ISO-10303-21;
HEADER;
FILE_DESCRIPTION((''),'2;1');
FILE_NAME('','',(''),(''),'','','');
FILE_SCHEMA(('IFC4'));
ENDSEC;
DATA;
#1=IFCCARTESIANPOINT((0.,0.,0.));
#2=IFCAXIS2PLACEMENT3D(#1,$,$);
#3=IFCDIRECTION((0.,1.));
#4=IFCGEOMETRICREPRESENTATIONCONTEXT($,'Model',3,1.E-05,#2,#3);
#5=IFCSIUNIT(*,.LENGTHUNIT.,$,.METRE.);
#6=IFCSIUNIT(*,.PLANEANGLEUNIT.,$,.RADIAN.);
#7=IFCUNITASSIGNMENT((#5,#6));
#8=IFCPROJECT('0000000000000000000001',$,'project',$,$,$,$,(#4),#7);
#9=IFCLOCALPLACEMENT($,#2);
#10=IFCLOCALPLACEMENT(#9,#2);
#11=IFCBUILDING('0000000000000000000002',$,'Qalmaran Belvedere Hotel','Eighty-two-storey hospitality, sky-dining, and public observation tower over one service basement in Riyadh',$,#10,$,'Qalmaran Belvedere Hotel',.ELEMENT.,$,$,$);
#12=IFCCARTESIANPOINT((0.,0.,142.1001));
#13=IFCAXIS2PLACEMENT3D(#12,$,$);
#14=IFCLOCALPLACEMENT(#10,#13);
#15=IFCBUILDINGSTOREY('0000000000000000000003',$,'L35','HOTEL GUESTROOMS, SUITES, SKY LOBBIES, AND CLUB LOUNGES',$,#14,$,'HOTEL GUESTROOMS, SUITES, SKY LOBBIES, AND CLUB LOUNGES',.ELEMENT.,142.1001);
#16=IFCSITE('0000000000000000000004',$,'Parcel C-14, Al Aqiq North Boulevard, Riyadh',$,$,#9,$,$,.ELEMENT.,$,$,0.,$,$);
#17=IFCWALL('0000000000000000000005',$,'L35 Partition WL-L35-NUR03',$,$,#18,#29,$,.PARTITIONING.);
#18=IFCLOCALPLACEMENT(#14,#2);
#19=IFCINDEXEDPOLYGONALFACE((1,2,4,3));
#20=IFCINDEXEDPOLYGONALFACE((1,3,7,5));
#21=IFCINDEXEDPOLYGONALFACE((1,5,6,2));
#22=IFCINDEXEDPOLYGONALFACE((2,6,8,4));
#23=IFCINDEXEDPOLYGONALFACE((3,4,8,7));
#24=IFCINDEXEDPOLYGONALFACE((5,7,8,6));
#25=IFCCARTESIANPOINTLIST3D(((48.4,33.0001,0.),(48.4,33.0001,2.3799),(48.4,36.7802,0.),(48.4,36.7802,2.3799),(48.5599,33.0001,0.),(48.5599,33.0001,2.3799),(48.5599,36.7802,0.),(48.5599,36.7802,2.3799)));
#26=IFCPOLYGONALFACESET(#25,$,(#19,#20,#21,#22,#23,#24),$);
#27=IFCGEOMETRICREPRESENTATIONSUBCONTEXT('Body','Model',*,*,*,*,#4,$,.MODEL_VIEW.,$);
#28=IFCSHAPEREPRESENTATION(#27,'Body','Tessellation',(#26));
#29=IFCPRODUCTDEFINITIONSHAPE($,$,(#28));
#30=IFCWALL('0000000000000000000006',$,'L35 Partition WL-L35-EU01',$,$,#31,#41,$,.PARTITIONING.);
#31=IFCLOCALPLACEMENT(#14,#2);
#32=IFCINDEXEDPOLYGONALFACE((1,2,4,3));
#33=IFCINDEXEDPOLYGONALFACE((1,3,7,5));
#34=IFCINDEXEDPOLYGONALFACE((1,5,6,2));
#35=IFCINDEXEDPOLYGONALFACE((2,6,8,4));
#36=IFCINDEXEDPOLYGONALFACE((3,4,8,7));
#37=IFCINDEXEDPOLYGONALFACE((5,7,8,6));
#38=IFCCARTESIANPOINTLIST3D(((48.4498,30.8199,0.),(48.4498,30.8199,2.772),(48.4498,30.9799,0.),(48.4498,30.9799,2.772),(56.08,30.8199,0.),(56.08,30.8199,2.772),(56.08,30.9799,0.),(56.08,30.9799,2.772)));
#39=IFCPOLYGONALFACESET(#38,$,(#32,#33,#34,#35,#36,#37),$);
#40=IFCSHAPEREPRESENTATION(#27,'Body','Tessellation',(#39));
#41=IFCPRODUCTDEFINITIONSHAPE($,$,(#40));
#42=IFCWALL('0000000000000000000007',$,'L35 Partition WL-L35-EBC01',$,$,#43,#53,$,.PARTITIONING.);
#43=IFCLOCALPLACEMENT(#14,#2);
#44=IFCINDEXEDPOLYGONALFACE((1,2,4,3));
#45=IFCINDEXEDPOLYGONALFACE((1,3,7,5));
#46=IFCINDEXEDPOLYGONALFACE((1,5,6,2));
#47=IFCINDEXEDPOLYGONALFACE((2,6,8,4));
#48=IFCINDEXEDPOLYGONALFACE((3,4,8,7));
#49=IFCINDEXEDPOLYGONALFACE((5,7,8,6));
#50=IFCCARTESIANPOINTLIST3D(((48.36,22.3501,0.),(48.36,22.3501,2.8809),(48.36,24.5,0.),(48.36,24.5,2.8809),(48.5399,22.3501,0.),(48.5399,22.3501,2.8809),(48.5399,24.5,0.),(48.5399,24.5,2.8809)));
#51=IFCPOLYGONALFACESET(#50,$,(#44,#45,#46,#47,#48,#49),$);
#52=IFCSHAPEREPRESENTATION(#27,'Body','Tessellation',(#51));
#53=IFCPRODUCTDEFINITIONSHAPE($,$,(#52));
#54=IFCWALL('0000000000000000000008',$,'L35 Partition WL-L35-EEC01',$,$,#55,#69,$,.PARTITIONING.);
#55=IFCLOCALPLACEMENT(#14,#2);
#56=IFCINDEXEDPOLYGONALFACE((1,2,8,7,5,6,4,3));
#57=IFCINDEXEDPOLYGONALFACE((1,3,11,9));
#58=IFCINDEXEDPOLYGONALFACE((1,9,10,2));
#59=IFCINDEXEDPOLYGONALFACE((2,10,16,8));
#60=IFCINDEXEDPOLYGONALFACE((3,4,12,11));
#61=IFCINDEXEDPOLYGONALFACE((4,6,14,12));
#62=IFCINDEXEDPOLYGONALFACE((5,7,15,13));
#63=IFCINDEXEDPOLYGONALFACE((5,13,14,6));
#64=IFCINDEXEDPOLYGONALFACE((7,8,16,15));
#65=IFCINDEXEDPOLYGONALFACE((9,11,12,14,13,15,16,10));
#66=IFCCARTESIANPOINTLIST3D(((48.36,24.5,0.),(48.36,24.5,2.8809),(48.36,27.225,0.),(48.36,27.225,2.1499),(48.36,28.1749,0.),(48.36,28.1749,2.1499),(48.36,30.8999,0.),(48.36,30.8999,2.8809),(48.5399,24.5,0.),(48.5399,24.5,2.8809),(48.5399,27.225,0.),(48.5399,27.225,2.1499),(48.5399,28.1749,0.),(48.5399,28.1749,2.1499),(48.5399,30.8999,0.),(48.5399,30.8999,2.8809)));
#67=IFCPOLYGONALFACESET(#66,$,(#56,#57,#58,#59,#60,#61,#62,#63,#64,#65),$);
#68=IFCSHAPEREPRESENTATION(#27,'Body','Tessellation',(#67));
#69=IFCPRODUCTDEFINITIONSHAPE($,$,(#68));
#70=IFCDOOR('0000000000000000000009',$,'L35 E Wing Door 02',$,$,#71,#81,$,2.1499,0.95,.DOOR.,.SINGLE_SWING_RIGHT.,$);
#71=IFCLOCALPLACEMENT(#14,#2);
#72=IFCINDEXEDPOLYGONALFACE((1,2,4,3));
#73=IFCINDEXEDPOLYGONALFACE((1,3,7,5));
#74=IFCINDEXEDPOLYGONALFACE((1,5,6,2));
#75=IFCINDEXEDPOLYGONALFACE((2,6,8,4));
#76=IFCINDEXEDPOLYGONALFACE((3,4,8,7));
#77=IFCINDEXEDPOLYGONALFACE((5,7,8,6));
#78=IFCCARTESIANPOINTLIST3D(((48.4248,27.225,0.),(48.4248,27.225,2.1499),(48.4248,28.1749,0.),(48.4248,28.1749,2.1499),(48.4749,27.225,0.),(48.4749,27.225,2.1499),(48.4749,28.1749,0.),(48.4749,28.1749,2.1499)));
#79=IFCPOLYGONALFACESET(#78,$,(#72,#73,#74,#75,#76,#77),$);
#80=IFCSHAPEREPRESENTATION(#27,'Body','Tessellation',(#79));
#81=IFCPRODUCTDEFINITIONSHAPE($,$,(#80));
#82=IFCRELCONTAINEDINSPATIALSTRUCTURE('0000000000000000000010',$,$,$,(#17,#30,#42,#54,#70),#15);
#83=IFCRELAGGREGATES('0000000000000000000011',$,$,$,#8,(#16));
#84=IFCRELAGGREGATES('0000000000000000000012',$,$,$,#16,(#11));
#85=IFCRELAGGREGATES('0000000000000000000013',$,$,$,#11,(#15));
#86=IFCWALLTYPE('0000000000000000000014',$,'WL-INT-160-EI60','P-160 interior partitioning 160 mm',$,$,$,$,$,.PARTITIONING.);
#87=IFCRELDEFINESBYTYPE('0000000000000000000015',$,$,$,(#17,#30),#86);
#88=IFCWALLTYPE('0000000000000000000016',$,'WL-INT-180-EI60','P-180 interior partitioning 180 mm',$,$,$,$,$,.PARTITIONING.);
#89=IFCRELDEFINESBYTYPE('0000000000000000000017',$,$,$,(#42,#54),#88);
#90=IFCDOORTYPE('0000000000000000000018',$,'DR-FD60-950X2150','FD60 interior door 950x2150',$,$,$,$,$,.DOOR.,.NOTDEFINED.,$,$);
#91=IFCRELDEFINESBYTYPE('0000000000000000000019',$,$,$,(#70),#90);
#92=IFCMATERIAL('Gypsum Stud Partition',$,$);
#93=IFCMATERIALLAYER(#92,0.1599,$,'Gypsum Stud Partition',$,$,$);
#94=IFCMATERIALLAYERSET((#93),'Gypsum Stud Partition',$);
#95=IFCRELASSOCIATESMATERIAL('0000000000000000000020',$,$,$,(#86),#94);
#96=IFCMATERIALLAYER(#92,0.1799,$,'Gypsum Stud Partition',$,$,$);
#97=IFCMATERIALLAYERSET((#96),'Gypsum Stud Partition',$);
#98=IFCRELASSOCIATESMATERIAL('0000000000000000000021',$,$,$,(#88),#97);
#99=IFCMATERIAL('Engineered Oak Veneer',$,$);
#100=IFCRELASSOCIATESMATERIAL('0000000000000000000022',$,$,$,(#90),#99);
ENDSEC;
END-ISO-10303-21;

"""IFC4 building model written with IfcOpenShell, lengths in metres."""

from ifc_helpers import new_model, si_unit, direction, frame, frame_2d, origin, place, context, subcontext, project, spatial, rectangle, extrude, material, layer, layer_set, type_object, element, fill, save


model = new_model("IFC4")

# Units and contexts
model_context = context("Model", 3, precision=1e-05, world=origin(), true_north=direction((0.0, 1.0)))
body_context = subcontext(model_context, "Body", "Model", "MODEL_VIEW")
ifc_project = project(units=[si_unit("LENGTHUNIT", "METRE"), si_unit("PLANEANGLEUNIT", "RADIAN")], contexts=[model_context])

# Site, building, storey
site_placement = place(None, origin())
site = spatial("IfcSite", under=ifc_project, at=site_placement, Name="Parcel C-14, Al Aqiq North Boulevard, Riyadh", CompositionType="ELEMENT", RefElevation=0.0)
building_placement = place(site_placement, origin())
building = spatial("IfcBuilding", under=site, at=building_placement, Name="Qalmaran Belvedere Hotel", Description="Eighty-two-storey hospitality, sky-dining, and public observation tower over one service basement in Riyadh", LongName="Qalmaran Belvedere Hotel", CompositionType="ELEMENT")
storey_placement = place(building_placement, frame((0.0, 0.0, 142.1001)))
storey = spatial("IfcBuildingStorey", under=building, at=storey_placement, Name="L35", Description="HOTEL GUESTROOMS, SUITES, SKY LOBBIES, AND CLUB LOUNGES", LongName="HOTEL GUESTROOMS, SUITES, SKY LOBBIES, AND CLUB LOUNGES", CompositionType="ELEMENT", Elevation=142.1001)

# Shared definitions
ifc_material_1 = material(Name="Engineered Oak Veneer")

# Shared definitions
ifc_material_2 = material(Name="Gypsum Stud Partition")

# Walls
ifc_layer_1 = layer(ifc_material_2, 0.1599, Name="Gypsum Stud Partition")
ifc_layer_set_1 = layer_set([ifc_layer_1], Name="Gypsum Stud Partition")
wall_type_1 = type_object("IfcWallType", Name="WL-INT-160-EI60", Description="P-160 interior partitioning 160 mm", PredefinedType="PARTITIONING", material=ifc_layer_set_1)
wall_1_placement = place(storey_placement, frame((48.48, 33.0, 0.0), z_axis=(0.0, 0.0, 1.0), x_axis=(0.0, 1.0, 0.0)))
element("IfcWall", 1, at=wall_1_placement, inside=storey, type_object=wall_type_1, Name="L35 Partition WL-L35-NUR03", PredefinedType="PARTITIONING", context=body_context, shape_type="SweptSolid", body=[
    extrude(rectangle(XDim=3.78, YDim=0.1599, at=frame_2d((1.8901, 0.0))), origin(), (0.0, 0.0, 1.0), 2.3799),
])
wall_2_placement = place(storey_placement, frame((48.45, 30.8999, 0.0), z_axis=(0.0, 0.0, 1.0), x_axis=(1.0, 0.0, 0.0)))
element("IfcWall", 2, at=wall_2_placement, inside=storey, type_object=wall_type_1, Name="L35 Partition WL-L35-EU01", PredefinedType="PARTITIONING", context=body_context, shape_type="SweptSolid", body=[
    extrude(rectangle(XDim=7.6301, YDim=0.1599, at=frame_2d((3.8149, 0.0))), origin(), (0.0, 0.0, 1.0), 2.772),
])

# Shared definitions
ifc_layer_2 = layer(ifc_material_2, 0.1799, Name="Gypsum Stud Partition")
ifc_layer_set_2 = layer_set([ifc_layer_2], Name="Gypsum Stud Partition")
wall_type_2 = type_object("IfcWallType", Name="WL-INT-180-EI60", Description="P-180 interior partitioning 180 mm", PredefinedType="PARTITIONING", material=ifc_layer_set_2)
door_type_1 = type_object("IfcDoorType", Name="DR-FD60-950X2150", Description="FD60 interior door 950x2150", OperationType="NOTDEFINED", PredefinedType="DOOR", material=ifc_material_1)

# Wall
wall_3_placement = place(storey_placement, frame((48.45, 22.3501, 0.0), z_axis=(0.0, 0.0, 1.0), x_axis=(0.0, 1.0, 0.0)))
element("IfcWall", 3, at=wall_3_placement, inside=storey, type_object=wall_type_2, Name="L35 Partition WL-L35-EBC01", PredefinedType="PARTITIONING", context=body_context, shape_type="SweptSolid", body=[
    extrude(rectangle(XDim=2.1499, YDim=0.1799, at=frame_2d((1.075, 0.0))), origin(), (0.0, 0.0, 1.0), 2.8809),
])

# Wall, opening, door
wall_4_placement = place(storey_placement, frame((48.45, 24.5, 0.0), z_axis=(0.0, 0.0, 1.0), x_axis=(0.0, 1.0, 0.0)))
wall_4 = element("IfcWall", 4, at=wall_4_placement, inside=storey, type_object=wall_type_2, Name="L35 Partition WL-L35-EEC01", PredefinedType="PARTITIONING", context=body_context, shape_type="SweptSolid", body=[
    extrude(rectangle(XDim=6.3999, YDim=0.1799, at=frame_2d((3.2, 0.0))), origin(), (0.0, 0.0, 1.0), 2.8809),
])
opening_1_placement = place(wall_4_placement, frame((3.675, 0.0, 0.0), z_axis=(0.0, 0.0, 1.0), x_axis=(-1.0, 0.0, 0.0)))
opening_1 = element("IfcOpeningElement", 5, at=opening_1_placement, cuts=wall_4, PredefinedType="OPENING", context=body_context, shape_type="SweptSolid", body=[
    extrude(rectangle(XDim=0.95, YDim=2.1499, at=frame_2d((0.4751, 1.075))), frame((0.0, 0.1001, 0.0), z_axis=(0.0, -1.0, 0.0), x_axis=(1.0, 0.0, 0.0)), (0.0, 0.0, 1.0), 0.2),
])
door_1_placement = place(opening_1_placement, origin())
door_1 = element("IfcDoor", 6, at=door_1_placement, inside=storey, type_object=door_type_1, Name="L35 E Wing Door 02", OperationType="SINGLE_SWING_RIGHT", OverallHeight=2.1499, OverallWidth=0.95, PredefinedType="DOOR", context=body_context, shape_type="SweptSolid", body=[
    extrude(rectangle(XDim=0.95, YDim=2.1499, at=frame_2d((0.4751, 1.075))), frame((0.0, 0.0249, 0.0), z_axis=(0.0, -1.0, 0.0), x_axis=(1.0, 0.0, 0.0)), (0.0, 0.0, 1.0), 0.05),
])
fill(opening_1, door_1)

save(model, "model.ifc")
